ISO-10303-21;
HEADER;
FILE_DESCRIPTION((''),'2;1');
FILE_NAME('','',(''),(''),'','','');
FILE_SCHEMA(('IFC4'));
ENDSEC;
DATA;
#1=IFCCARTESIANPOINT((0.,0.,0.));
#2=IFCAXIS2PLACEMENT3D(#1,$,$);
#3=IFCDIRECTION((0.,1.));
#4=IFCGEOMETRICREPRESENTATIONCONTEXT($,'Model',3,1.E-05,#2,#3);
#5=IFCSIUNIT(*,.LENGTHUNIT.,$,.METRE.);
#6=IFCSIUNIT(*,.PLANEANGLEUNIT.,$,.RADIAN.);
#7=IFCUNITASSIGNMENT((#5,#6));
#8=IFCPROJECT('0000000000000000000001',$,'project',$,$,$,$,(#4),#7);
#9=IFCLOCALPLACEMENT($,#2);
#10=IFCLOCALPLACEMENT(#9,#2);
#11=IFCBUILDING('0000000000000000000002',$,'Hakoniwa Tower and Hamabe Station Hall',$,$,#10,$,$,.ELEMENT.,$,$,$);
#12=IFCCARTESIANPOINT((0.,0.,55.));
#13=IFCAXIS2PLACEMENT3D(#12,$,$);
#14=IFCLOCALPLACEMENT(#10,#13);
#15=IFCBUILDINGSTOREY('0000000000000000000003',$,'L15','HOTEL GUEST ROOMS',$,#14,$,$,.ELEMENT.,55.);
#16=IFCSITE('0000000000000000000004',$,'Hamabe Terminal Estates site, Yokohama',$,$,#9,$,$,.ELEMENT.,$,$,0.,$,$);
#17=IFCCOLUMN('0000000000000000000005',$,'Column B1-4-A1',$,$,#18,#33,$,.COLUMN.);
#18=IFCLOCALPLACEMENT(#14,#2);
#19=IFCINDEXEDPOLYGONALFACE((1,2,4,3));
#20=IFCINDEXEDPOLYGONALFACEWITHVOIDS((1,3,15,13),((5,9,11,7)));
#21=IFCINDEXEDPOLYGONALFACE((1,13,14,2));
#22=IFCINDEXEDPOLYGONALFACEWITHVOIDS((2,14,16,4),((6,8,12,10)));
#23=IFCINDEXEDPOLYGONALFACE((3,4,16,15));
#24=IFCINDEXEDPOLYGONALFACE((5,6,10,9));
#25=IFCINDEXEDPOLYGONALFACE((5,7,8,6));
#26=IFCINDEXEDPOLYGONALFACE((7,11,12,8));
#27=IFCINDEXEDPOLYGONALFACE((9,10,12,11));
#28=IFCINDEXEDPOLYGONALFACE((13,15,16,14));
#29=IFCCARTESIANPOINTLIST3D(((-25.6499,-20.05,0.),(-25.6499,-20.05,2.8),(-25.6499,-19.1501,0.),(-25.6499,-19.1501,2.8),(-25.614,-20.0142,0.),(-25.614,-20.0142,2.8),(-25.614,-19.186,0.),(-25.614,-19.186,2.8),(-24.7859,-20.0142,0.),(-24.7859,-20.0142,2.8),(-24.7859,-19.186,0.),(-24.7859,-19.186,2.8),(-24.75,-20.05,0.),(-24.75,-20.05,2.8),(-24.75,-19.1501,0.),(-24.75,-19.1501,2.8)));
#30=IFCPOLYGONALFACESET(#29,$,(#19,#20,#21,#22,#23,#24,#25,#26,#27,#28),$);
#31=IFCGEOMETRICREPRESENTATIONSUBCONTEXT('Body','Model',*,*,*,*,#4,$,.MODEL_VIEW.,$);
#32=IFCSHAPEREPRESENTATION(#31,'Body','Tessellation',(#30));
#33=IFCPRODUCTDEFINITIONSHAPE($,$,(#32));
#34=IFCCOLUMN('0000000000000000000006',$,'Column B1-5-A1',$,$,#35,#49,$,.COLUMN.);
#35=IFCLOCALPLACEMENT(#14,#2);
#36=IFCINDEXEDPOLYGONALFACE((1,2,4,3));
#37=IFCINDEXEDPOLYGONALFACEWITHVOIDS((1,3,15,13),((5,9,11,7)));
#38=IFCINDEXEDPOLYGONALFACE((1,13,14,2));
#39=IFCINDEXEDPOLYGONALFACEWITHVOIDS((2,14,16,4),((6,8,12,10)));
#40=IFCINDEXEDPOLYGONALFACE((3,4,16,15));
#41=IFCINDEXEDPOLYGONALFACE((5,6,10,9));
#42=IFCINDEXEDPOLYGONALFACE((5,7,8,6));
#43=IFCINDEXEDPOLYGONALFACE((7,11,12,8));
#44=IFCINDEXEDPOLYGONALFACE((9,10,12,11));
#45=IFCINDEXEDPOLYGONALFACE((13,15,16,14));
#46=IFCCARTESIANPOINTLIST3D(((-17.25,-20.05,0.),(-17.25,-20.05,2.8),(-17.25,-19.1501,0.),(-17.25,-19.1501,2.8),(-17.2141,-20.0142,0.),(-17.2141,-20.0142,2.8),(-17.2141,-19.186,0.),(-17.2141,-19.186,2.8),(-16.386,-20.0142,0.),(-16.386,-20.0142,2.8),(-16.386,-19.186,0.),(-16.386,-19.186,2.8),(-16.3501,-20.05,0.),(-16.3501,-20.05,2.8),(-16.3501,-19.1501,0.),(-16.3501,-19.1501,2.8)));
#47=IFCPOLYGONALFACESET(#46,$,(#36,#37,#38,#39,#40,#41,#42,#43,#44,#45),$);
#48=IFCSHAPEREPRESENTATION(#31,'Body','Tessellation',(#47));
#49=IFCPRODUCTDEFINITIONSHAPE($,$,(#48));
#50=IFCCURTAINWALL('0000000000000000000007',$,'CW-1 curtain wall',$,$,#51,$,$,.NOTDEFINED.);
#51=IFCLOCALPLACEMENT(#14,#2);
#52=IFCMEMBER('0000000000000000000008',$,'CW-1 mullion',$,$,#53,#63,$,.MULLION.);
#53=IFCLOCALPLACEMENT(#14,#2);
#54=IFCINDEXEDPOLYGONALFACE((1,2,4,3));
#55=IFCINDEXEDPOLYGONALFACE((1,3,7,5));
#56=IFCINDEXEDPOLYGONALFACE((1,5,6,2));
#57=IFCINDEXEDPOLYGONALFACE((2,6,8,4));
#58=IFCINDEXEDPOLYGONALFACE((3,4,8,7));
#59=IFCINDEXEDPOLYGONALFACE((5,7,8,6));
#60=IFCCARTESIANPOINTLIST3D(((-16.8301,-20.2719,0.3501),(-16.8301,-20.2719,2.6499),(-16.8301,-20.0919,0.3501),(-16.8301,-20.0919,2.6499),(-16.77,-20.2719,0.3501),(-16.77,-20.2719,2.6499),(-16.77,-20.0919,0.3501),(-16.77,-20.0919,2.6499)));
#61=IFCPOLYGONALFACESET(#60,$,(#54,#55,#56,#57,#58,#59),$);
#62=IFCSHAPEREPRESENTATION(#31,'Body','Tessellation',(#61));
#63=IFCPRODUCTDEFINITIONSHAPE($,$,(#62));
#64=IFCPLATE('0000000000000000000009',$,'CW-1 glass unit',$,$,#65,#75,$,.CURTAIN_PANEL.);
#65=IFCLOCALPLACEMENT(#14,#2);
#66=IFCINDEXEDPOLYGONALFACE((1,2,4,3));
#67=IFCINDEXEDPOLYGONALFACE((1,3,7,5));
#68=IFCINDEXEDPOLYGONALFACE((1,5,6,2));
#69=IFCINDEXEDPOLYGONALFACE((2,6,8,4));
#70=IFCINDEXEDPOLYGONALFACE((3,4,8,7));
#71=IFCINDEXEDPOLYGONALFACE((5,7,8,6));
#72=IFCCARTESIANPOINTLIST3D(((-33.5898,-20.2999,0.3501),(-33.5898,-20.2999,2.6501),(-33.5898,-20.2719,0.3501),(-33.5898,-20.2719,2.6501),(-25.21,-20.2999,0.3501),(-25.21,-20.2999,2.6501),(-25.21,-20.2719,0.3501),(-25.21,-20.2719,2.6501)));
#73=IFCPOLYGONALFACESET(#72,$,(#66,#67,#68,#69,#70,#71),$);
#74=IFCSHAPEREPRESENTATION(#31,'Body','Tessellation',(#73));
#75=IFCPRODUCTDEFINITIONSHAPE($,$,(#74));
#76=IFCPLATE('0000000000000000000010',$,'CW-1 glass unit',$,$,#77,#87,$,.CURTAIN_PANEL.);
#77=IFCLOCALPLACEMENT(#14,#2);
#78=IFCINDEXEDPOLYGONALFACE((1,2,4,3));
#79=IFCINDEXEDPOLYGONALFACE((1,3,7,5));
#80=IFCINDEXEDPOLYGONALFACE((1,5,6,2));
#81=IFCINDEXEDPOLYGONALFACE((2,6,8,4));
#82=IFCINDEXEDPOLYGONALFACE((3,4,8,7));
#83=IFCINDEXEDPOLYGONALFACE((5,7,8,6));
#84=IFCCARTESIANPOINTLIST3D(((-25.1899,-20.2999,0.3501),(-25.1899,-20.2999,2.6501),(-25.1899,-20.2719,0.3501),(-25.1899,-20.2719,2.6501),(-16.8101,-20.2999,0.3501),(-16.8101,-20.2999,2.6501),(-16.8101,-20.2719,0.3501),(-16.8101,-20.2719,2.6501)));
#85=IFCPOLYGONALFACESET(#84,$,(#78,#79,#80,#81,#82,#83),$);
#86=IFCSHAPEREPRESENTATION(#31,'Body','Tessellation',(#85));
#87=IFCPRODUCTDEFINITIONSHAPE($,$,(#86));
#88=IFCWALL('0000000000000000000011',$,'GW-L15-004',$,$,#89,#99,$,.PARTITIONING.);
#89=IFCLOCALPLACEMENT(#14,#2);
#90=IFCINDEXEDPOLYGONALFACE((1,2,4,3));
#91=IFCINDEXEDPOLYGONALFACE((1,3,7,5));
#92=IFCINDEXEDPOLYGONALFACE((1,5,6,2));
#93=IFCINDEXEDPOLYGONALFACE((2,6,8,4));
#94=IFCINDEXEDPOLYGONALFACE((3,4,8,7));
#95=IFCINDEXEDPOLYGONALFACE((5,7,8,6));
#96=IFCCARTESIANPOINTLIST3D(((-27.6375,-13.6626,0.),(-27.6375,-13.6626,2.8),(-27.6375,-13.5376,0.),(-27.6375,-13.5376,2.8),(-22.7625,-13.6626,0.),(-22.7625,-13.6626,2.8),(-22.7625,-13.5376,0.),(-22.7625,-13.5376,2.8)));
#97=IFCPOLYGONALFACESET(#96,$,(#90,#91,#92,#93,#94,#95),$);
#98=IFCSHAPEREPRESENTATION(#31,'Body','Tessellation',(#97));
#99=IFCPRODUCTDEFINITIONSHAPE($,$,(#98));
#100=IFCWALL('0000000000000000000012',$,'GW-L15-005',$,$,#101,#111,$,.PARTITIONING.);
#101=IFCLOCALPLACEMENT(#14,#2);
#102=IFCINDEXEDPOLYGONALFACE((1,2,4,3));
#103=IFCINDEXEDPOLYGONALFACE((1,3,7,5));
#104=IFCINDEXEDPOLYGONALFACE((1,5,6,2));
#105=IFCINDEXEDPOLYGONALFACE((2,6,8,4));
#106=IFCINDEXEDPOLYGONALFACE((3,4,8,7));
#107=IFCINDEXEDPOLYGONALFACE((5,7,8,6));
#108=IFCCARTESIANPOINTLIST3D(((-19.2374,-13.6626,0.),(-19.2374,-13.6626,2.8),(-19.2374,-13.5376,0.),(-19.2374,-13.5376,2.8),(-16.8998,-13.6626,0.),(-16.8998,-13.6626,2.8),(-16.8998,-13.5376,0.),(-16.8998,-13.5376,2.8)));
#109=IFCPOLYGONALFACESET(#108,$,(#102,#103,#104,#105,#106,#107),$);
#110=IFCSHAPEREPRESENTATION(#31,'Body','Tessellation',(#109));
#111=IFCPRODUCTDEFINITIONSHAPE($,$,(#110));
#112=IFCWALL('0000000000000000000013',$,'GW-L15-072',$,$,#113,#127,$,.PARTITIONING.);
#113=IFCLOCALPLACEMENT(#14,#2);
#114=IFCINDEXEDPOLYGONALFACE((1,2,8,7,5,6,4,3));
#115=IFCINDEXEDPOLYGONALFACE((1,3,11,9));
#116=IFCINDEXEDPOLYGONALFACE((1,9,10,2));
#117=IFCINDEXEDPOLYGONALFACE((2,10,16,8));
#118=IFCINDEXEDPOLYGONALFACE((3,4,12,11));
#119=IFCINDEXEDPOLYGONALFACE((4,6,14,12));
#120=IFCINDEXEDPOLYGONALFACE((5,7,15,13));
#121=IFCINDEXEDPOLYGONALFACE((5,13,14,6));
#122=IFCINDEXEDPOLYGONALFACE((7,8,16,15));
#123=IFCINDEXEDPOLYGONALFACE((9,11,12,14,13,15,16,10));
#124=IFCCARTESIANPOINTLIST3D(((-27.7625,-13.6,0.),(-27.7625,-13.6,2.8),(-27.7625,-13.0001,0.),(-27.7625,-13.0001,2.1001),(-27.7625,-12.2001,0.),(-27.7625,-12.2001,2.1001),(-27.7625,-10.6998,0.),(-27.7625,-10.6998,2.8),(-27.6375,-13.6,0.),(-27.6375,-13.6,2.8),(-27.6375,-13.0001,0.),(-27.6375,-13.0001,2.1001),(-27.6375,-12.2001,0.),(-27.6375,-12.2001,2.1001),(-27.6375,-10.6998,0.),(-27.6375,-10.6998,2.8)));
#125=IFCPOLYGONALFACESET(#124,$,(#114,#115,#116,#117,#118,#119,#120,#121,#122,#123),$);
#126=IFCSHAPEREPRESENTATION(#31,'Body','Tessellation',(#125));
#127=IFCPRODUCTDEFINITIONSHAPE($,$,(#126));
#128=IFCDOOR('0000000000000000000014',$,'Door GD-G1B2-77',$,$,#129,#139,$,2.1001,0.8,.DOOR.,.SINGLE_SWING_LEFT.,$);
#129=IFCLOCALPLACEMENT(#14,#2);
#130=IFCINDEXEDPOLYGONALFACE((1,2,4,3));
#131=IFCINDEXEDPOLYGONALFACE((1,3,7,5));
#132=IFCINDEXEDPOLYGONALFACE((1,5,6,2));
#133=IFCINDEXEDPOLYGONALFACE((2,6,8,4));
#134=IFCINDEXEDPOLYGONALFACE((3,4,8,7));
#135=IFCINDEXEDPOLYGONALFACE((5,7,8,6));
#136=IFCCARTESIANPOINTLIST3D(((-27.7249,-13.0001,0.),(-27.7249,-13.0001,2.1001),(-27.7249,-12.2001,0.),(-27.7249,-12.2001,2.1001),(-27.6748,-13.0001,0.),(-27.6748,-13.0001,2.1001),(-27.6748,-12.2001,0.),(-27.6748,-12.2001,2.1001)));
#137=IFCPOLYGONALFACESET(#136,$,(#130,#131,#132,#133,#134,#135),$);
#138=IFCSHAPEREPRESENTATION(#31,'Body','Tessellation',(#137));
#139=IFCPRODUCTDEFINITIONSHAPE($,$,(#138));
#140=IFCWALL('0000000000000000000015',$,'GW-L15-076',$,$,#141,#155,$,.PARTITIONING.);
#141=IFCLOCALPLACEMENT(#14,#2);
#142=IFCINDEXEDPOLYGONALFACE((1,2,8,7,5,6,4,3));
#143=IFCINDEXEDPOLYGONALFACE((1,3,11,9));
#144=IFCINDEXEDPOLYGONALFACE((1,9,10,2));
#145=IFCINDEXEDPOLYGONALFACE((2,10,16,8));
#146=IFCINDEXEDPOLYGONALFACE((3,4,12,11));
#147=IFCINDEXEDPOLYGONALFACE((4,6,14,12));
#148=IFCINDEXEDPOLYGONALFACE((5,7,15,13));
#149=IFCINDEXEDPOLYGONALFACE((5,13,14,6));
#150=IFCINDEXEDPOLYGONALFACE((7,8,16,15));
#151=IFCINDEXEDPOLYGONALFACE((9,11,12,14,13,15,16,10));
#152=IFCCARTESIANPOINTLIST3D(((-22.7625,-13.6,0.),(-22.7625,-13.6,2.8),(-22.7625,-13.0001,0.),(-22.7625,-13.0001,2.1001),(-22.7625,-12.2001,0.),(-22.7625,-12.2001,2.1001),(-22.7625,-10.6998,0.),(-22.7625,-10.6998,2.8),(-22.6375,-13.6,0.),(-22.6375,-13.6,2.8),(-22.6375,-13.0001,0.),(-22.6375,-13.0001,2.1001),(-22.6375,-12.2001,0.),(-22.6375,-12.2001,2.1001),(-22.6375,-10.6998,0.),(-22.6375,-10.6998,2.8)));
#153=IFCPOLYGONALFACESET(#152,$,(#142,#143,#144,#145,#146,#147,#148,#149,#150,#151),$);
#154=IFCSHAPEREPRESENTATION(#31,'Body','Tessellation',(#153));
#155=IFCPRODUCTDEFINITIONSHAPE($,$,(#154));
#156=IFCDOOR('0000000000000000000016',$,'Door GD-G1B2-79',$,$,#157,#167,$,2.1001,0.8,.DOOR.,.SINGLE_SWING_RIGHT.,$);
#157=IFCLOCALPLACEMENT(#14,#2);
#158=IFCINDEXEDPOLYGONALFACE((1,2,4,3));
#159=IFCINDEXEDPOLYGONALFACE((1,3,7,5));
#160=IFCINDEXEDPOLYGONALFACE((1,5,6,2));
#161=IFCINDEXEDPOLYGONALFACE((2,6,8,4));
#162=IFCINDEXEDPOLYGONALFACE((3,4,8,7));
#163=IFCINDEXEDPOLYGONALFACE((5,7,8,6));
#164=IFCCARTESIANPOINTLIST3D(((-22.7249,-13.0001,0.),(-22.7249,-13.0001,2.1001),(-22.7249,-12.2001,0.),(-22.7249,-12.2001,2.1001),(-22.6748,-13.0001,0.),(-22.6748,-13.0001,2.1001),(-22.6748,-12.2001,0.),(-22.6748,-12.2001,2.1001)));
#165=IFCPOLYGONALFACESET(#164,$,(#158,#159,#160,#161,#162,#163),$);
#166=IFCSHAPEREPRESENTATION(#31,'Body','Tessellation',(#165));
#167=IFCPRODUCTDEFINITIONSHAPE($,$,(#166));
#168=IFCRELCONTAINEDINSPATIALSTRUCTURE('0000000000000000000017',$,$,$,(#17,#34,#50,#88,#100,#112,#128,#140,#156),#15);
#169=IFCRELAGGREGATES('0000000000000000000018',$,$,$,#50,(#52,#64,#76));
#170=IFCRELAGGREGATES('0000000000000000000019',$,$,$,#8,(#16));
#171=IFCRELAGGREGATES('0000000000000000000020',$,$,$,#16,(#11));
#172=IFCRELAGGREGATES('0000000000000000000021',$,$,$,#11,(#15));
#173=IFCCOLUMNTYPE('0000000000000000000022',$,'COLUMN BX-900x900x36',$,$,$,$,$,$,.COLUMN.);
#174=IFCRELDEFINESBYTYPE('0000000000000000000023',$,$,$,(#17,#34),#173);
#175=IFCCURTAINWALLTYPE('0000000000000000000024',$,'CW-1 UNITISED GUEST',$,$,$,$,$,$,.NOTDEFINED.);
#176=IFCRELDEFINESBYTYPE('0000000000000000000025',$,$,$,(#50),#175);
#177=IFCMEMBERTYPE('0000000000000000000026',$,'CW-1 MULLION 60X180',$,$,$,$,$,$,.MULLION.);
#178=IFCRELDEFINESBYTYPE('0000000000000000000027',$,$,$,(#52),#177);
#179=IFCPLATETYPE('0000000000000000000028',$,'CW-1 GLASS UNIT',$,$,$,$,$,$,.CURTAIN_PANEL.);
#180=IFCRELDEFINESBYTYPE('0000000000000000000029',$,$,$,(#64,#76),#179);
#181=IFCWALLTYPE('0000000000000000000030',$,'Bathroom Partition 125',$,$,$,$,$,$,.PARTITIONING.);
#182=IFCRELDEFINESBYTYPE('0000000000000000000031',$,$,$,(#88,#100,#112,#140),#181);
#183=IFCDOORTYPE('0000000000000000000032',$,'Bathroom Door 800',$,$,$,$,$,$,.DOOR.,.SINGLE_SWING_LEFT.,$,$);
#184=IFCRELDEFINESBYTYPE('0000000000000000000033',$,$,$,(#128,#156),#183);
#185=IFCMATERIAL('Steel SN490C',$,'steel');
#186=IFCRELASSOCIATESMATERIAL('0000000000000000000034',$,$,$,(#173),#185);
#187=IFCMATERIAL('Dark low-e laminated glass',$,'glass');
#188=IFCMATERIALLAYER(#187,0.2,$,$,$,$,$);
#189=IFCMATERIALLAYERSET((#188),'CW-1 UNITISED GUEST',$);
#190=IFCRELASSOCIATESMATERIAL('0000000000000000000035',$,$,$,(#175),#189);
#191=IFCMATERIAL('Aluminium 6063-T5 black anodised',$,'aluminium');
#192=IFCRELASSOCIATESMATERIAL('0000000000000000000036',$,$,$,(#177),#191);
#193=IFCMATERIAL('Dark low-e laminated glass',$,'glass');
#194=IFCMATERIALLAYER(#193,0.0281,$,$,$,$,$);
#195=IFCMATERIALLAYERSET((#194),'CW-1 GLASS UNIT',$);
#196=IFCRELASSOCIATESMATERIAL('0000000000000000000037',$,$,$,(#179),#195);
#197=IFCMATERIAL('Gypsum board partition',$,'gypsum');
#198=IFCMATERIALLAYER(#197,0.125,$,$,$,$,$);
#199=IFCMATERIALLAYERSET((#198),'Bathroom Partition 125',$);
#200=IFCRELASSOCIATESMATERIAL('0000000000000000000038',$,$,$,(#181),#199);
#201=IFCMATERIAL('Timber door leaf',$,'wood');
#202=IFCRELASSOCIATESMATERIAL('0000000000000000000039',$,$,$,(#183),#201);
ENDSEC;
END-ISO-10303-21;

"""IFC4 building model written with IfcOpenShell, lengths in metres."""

from ifc_helpers import new_model, si_unit, direction, frame, frame_2d, origin, origin_2d, place, context, subcontext, project, spatial, rectangle, hollow_rectangle, extrude, material, layer, layer_set, material_profile, profile_set, type_object, element, fill, aggregate, save


model = new_model("IFC4")

# Units and contexts
model_context = context("Model", 3, precision=1e-05, world=origin(), true_north=direction((0.0, 1.0)))
body_context = subcontext(model_context, "Body", "Model", "MODEL_VIEW")
ifc_project = project(units=[si_unit("LENGTHUNIT", "METRE"), si_unit("PLANEANGLEUNIT", "RADIAN")], contexts=[model_context])

# Site, building, storey
site_placement = place(None, origin())
site = spatial("IfcSite", under=ifc_project, at=site_placement, Name="Hamabe Terminal Estates site, Yokohama", CompositionType="ELEMENT", RefElevation=0.0)
building_placement = place(site_placement, origin())
building = spatial("IfcBuilding", under=site, at=building_placement, Name="Hakoniwa Tower and Hamabe Station Hall", CompositionType="ELEMENT")
storey_placement = place(building_placement, frame((0.0, 0.0, 55.0)))
storey = spatial("IfcBuildingStorey", under=building, at=storey_placement, Name="L15", Description="HOTEL GUEST ROOMS", CompositionType="ELEMENT", Elevation=55.0)

# Columns
ifc_material_1 = material(Name="Steel SN490C", Category="steel")
ifc_material_profile_1 = material_profile(ifc_material_1, hollow_rectangle(XDim=0.8999, YDim=0.8999, WallThickness=0.0359, at=origin_2d()), Name="BX-900x900x36")
ifc_profile_set_1 = profile_set([ifc_material_profile_1], Name="Steel SN490C")
column_type = type_object("IfcColumnType", Name="COLUMN BX-900x900x36", PredefinedType="COLUMN", material=ifc_profile_set_1)
for number, where, z_axis, x_axis, name in (
    (1, (-25.2, -19.6001, 0.0), (0.0, 0.0, 1.0), (1.0, 0.0, 0.0), "Column B1-4-A1"),
    (2, (-16.8, -19.6001, 0.0), (0.0, 0.0, 1.0), (1.0, 0.0, 0.0), "Column B1-5-A1"),
):
    element("IfcColumn", number, at=place(storey_placement, frame(where, z_axis=z_axis, x_axis=x_axis)), inside=storey, type_object=column_type, Name=name, PredefinedType="COLUMN", context=body_context, shape_type="SweptSolid", body=[
        extrude(hollow_rectangle(XDim=0.8999, YDim=0.8999, WallThickness=0.0359, at=origin_2d()), origin(), (0.0, 0.0, 1.0), 2.8),
    ])

# Curtain wall, member, plates
ifc_material_2 = material(Name="Dark low-e laminated glass", Category="glass")
ifc_layer_1 = layer(ifc_material_2, 0.2)
ifc_layer_set_1 = layer_set([ifc_layer_1], Name="CW-1 UNITISED GUEST")
curtain_wall_type = type_object("IfcCurtainWallType", Name="CW-1 UNITISED GUEST", PredefinedType="NOTDEFINED", material=ifc_layer_set_1)
curtain_wall_placement = place(storey_placement, origin())
curtain_wall = element("IfcCurtainWall", 3, at=curtain_wall_placement, inside=storey, type_object=curtain_wall_type, Name="CW-1 curtain wall", PredefinedType="NOTDEFINED")
ifc_material_3 = material(Name="Aluminium 6063-T5 black anodised", Category="aluminium")
ifc_material_profile_2 = material_profile(ifc_material_3, rectangle(XDim=0.0601, YDim=0.1799, at=origin_2d()), Name="CW-1 MULLION 60X180")
ifc_profile_set_2 = profile_set([ifc_material_profile_2], Name="Aluminium 6063-T5 black anodised")
member_type = type_object("IfcMemberType", Name="CW-1 MULLION 60X180", PredefinedType="MULLION", material=ifc_profile_set_2)
member_placement = place(storey_placement, frame((-16.8, -20.1819, 0.3501), z_axis=(0.0, 0.0, 1.0), x_axis=(1.0, 0.0, 0.0)))
member = element("IfcMember", 4, at=member_placement, type_object=member_type, Name="CW-1 mullion", PredefinedType="MULLION", context=body_context, shape_type="SweptSolid", body=[
    extrude(rectangle(XDim=0.0601, YDim=0.1799, at=origin_2d()), origin(), (0.0, 0.0, 1.0), 2.2998),
])
ifc_material_4 = material(Name="Dark low-e laminated glass", Category="glass")
ifc_layer_2 = layer(ifc_material_4, 0.0281)
ifc_layer_set_2 = layer_set([ifc_layer_2], Name="CW-1 GLASS UNIT")
plate_type = type_object("IfcPlateType", Name="CW-1 GLASS UNIT", PredefinedType="CURTAIN_PANEL", material=ifc_layer_set_2)
plate_1_placement = place(storey_placement, frame((-29.3999, -20.2859, 0.3501), z_axis=(0.0, 0.0, 1.0), x_axis=(1.0, 0.0, 0.0)))
plate_1 = element("IfcPlate", 5, at=plate_1_placement, type_object=plate_type, Name="CW-1 glass unit", PredefinedType="CURTAIN_PANEL", context=body_context, shape_type="SweptSolid", body=[
    extrude(rectangle(XDim=8.3799, YDim=0.0281, at=origin_2d()), origin(), (0.0, 0.0, 1.0), 2.3),
])
plate_2_placement = place(storey_placement, frame((-21.0, -20.2859, 0.3501), z_axis=(0.0, 0.0, 1.0), x_axis=(1.0, 0.0, 0.0)))
plate_2 = element("IfcPlate", 6, at=plate_2_placement, type_object=plate_type, Name="CW-1 glass unit", PredefinedType="CURTAIN_PANEL", context=body_context, shape_type="SweptSolid", body=[
    extrude(rectangle(XDim=8.3799, YDim=0.0281, at=origin_2d()), origin(), (0.0, 0.0, 1.0), 2.3),
])
aggregate(curtain_wall, [member, plate_1, plate_2])

# Walls
ifc_material_5 = material(Name="Gypsum board partition", Category="gypsum")
ifc_layer_3 = layer(ifc_material_5, 0.125)
ifc_layer_set_3 = layer_set([ifc_layer_3], Name="Bathroom Partition 125")
wall_type_1 = type_object("IfcWallType", Name="Bathroom Partition 125", PredefinedType="PARTITIONING", material=ifc_layer_set_3)
wall_1_placement = place(storey_placement, frame((-27.6375, -13.6001, 0.0), z_axis=(0.0, 0.0, 1.0), x_axis=(1.0, 0.0, 0.0)))
element("IfcWall", 7, at=wall_1_placement, inside=storey, type_object=wall_type_1, Name="GW-L15-004", PredefinedType="PARTITIONING", context=body_context, shape_type="SweptSolid", body=[
    extrude(rectangle(XDim=4.875, YDim=0.125, at=frame_2d((2.4375, 0.0))), origin(), (0.0, 0.0, 1.0), 2.8),
])
wall_2_placement = place(storey_placement, frame((-19.2375, -13.6001, 0.0), z_axis=(0.0, 0.0, 1.0), x_axis=(1.0, 0.0, 0.0)))
element("IfcWall", 8, at=wall_2_placement, inside=storey, type_object=wall_type_1, Name="GW-L15-005", PredefinedType="PARTITIONING", context=body_context, shape_type="SweptSolid", body=[
    extrude(rectangle(XDim=2.3376, YDim=0.125, at=frame_2d((1.1689, 0.0))), origin(), (0.0, 0.0, 1.0), 2.8),
])

# Walls, openings, doors
wall_3_placement = place(storey_placement, frame((-27.7, -13.6001, 0.0), z_axis=(0.0, 0.0, 1.0), x_axis=(0.0, 1.0, 0.0)))
wall_3 = element("IfcWall", 9, at=wall_3_placement, inside=storey, type_object=wall_type_1, Name="GW-L15-072", PredefinedType="PARTITIONING", context=body_context, shape_type="SweptSolid", body=[
    extrude(rectangle(XDim=2.9001, YDim=0.125, at=frame_2d((1.4502, 0.0))), origin(), (0.0, 0.0, 1.0), 2.8),
])
opening_1_placement = place(wall_3_placement, frame((0.6001, 0.0, 0.0)))
opening_1 = element("IfcOpeningElement", 10, at=opening_1_placement, cuts=wall_3, PredefinedType="OPENING", context=body_context, shape_type="SweptSolid", body=[
    extrude(rectangle(XDim=0.8, YDim=2.1001, at=frame_2d((0.3999, 1.05))), frame((0.0, 0.0725, 0.0), z_axis=(0.0, -1.0, 0.0), x_axis=(1.0, 0.0, 0.0)), (0.0, 0.0, 1.0), 0.145),
])
ifc_material_6 = material(Name="Timber door leaf", Category="wood")
door_type_1 = type_object("IfcDoorType", Name="Bathroom Door 800", OperationType="SINGLE_SWING_LEFT", PredefinedType="DOOR", material=ifc_material_6)
door_1_placement = place(opening_1_placement, origin())
door_1 = element("IfcDoor", 11, at=door_1_placement, inside=storey, type_object=door_type_1, Name="Door GD-G1B2-77", OperationType="SINGLE_SWING_LEFT", OverallHeight=2.1001, OverallWidth=0.8, PredefinedType="DOOR", context=body_context, shape_type="SweptSolid", body=[
    extrude(rectangle(XDim=0.8, YDim=2.1001, at=frame_2d((0.3999, 1.05))), frame((0.0, 0.0249, 0.0), z_axis=(0.0, -1.0, 0.0), x_axis=(1.0, 0.0, 0.0)), (0.0, 0.0, 1.0), 0.05),
])
fill(opening_1, door_1)
wall_4_placement = place(storey_placement, frame((-22.7, -13.6001, 0.0), z_axis=(0.0, 0.0, 1.0), x_axis=(0.0, 1.0, 0.0)))
wall_4 = element("IfcWall", 12, at=wall_4_placement, inside=storey, type_object=wall_type_1, Name="GW-L15-076", PredefinedType="PARTITIONING", context=body_context, shape_type="SweptSolid", body=[
    extrude(rectangle(XDim=2.9001, YDim=0.125, at=frame_2d((1.4502, 0.0))), origin(), (0.0, 0.0, 1.0), 2.8),
])
opening_2_placement = place(wall_4_placement, frame((0.6001, 0.0, 0.0)))
opening_2 = element("IfcOpeningElement", 13, at=opening_2_placement, cuts=wall_4, PredefinedType="OPENING", context=body_context, shape_type="SweptSolid", body=[
    extrude(rectangle(XDim=0.8, YDim=2.1001, at=frame_2d((0.3999, 1.05))), frame((0.0, 0.0725, 0.0), z_axis=(0.0, -1.0, 0.0), x_axis=(1.0, 0.0, 0.0)), (0.0, 0.0, 1.0), 0.145),
])
door_2_placement = place(opening_2_placement, origin())
door_2 = element("IfcDoor", 14, at=door_2_placement, inside=storey, type_object=door_type_1, Name="Door GD-G1B2-79", OperationType="SINGLE_SWING_RIGHT", OverallHeight=2.1001, OverallWidth=0.8, PredefinedType="DOOR", context=body_context, shape_type="SweptSolid", body=[
    extrude(rectangle(XDim=0.8, YDim=2.1001, at=frame_2d((0.3999, 1.05))), frame((0.0, 0.0249, 0.0), z_axis=(0.0, -1.0, 0.0), x_axis=(1.0, 0.0, 0.0)), (0.0, 0.0, 1.0), 0.05),
])
fill(opening_2, door_2)

save(model, "model.ifc")
